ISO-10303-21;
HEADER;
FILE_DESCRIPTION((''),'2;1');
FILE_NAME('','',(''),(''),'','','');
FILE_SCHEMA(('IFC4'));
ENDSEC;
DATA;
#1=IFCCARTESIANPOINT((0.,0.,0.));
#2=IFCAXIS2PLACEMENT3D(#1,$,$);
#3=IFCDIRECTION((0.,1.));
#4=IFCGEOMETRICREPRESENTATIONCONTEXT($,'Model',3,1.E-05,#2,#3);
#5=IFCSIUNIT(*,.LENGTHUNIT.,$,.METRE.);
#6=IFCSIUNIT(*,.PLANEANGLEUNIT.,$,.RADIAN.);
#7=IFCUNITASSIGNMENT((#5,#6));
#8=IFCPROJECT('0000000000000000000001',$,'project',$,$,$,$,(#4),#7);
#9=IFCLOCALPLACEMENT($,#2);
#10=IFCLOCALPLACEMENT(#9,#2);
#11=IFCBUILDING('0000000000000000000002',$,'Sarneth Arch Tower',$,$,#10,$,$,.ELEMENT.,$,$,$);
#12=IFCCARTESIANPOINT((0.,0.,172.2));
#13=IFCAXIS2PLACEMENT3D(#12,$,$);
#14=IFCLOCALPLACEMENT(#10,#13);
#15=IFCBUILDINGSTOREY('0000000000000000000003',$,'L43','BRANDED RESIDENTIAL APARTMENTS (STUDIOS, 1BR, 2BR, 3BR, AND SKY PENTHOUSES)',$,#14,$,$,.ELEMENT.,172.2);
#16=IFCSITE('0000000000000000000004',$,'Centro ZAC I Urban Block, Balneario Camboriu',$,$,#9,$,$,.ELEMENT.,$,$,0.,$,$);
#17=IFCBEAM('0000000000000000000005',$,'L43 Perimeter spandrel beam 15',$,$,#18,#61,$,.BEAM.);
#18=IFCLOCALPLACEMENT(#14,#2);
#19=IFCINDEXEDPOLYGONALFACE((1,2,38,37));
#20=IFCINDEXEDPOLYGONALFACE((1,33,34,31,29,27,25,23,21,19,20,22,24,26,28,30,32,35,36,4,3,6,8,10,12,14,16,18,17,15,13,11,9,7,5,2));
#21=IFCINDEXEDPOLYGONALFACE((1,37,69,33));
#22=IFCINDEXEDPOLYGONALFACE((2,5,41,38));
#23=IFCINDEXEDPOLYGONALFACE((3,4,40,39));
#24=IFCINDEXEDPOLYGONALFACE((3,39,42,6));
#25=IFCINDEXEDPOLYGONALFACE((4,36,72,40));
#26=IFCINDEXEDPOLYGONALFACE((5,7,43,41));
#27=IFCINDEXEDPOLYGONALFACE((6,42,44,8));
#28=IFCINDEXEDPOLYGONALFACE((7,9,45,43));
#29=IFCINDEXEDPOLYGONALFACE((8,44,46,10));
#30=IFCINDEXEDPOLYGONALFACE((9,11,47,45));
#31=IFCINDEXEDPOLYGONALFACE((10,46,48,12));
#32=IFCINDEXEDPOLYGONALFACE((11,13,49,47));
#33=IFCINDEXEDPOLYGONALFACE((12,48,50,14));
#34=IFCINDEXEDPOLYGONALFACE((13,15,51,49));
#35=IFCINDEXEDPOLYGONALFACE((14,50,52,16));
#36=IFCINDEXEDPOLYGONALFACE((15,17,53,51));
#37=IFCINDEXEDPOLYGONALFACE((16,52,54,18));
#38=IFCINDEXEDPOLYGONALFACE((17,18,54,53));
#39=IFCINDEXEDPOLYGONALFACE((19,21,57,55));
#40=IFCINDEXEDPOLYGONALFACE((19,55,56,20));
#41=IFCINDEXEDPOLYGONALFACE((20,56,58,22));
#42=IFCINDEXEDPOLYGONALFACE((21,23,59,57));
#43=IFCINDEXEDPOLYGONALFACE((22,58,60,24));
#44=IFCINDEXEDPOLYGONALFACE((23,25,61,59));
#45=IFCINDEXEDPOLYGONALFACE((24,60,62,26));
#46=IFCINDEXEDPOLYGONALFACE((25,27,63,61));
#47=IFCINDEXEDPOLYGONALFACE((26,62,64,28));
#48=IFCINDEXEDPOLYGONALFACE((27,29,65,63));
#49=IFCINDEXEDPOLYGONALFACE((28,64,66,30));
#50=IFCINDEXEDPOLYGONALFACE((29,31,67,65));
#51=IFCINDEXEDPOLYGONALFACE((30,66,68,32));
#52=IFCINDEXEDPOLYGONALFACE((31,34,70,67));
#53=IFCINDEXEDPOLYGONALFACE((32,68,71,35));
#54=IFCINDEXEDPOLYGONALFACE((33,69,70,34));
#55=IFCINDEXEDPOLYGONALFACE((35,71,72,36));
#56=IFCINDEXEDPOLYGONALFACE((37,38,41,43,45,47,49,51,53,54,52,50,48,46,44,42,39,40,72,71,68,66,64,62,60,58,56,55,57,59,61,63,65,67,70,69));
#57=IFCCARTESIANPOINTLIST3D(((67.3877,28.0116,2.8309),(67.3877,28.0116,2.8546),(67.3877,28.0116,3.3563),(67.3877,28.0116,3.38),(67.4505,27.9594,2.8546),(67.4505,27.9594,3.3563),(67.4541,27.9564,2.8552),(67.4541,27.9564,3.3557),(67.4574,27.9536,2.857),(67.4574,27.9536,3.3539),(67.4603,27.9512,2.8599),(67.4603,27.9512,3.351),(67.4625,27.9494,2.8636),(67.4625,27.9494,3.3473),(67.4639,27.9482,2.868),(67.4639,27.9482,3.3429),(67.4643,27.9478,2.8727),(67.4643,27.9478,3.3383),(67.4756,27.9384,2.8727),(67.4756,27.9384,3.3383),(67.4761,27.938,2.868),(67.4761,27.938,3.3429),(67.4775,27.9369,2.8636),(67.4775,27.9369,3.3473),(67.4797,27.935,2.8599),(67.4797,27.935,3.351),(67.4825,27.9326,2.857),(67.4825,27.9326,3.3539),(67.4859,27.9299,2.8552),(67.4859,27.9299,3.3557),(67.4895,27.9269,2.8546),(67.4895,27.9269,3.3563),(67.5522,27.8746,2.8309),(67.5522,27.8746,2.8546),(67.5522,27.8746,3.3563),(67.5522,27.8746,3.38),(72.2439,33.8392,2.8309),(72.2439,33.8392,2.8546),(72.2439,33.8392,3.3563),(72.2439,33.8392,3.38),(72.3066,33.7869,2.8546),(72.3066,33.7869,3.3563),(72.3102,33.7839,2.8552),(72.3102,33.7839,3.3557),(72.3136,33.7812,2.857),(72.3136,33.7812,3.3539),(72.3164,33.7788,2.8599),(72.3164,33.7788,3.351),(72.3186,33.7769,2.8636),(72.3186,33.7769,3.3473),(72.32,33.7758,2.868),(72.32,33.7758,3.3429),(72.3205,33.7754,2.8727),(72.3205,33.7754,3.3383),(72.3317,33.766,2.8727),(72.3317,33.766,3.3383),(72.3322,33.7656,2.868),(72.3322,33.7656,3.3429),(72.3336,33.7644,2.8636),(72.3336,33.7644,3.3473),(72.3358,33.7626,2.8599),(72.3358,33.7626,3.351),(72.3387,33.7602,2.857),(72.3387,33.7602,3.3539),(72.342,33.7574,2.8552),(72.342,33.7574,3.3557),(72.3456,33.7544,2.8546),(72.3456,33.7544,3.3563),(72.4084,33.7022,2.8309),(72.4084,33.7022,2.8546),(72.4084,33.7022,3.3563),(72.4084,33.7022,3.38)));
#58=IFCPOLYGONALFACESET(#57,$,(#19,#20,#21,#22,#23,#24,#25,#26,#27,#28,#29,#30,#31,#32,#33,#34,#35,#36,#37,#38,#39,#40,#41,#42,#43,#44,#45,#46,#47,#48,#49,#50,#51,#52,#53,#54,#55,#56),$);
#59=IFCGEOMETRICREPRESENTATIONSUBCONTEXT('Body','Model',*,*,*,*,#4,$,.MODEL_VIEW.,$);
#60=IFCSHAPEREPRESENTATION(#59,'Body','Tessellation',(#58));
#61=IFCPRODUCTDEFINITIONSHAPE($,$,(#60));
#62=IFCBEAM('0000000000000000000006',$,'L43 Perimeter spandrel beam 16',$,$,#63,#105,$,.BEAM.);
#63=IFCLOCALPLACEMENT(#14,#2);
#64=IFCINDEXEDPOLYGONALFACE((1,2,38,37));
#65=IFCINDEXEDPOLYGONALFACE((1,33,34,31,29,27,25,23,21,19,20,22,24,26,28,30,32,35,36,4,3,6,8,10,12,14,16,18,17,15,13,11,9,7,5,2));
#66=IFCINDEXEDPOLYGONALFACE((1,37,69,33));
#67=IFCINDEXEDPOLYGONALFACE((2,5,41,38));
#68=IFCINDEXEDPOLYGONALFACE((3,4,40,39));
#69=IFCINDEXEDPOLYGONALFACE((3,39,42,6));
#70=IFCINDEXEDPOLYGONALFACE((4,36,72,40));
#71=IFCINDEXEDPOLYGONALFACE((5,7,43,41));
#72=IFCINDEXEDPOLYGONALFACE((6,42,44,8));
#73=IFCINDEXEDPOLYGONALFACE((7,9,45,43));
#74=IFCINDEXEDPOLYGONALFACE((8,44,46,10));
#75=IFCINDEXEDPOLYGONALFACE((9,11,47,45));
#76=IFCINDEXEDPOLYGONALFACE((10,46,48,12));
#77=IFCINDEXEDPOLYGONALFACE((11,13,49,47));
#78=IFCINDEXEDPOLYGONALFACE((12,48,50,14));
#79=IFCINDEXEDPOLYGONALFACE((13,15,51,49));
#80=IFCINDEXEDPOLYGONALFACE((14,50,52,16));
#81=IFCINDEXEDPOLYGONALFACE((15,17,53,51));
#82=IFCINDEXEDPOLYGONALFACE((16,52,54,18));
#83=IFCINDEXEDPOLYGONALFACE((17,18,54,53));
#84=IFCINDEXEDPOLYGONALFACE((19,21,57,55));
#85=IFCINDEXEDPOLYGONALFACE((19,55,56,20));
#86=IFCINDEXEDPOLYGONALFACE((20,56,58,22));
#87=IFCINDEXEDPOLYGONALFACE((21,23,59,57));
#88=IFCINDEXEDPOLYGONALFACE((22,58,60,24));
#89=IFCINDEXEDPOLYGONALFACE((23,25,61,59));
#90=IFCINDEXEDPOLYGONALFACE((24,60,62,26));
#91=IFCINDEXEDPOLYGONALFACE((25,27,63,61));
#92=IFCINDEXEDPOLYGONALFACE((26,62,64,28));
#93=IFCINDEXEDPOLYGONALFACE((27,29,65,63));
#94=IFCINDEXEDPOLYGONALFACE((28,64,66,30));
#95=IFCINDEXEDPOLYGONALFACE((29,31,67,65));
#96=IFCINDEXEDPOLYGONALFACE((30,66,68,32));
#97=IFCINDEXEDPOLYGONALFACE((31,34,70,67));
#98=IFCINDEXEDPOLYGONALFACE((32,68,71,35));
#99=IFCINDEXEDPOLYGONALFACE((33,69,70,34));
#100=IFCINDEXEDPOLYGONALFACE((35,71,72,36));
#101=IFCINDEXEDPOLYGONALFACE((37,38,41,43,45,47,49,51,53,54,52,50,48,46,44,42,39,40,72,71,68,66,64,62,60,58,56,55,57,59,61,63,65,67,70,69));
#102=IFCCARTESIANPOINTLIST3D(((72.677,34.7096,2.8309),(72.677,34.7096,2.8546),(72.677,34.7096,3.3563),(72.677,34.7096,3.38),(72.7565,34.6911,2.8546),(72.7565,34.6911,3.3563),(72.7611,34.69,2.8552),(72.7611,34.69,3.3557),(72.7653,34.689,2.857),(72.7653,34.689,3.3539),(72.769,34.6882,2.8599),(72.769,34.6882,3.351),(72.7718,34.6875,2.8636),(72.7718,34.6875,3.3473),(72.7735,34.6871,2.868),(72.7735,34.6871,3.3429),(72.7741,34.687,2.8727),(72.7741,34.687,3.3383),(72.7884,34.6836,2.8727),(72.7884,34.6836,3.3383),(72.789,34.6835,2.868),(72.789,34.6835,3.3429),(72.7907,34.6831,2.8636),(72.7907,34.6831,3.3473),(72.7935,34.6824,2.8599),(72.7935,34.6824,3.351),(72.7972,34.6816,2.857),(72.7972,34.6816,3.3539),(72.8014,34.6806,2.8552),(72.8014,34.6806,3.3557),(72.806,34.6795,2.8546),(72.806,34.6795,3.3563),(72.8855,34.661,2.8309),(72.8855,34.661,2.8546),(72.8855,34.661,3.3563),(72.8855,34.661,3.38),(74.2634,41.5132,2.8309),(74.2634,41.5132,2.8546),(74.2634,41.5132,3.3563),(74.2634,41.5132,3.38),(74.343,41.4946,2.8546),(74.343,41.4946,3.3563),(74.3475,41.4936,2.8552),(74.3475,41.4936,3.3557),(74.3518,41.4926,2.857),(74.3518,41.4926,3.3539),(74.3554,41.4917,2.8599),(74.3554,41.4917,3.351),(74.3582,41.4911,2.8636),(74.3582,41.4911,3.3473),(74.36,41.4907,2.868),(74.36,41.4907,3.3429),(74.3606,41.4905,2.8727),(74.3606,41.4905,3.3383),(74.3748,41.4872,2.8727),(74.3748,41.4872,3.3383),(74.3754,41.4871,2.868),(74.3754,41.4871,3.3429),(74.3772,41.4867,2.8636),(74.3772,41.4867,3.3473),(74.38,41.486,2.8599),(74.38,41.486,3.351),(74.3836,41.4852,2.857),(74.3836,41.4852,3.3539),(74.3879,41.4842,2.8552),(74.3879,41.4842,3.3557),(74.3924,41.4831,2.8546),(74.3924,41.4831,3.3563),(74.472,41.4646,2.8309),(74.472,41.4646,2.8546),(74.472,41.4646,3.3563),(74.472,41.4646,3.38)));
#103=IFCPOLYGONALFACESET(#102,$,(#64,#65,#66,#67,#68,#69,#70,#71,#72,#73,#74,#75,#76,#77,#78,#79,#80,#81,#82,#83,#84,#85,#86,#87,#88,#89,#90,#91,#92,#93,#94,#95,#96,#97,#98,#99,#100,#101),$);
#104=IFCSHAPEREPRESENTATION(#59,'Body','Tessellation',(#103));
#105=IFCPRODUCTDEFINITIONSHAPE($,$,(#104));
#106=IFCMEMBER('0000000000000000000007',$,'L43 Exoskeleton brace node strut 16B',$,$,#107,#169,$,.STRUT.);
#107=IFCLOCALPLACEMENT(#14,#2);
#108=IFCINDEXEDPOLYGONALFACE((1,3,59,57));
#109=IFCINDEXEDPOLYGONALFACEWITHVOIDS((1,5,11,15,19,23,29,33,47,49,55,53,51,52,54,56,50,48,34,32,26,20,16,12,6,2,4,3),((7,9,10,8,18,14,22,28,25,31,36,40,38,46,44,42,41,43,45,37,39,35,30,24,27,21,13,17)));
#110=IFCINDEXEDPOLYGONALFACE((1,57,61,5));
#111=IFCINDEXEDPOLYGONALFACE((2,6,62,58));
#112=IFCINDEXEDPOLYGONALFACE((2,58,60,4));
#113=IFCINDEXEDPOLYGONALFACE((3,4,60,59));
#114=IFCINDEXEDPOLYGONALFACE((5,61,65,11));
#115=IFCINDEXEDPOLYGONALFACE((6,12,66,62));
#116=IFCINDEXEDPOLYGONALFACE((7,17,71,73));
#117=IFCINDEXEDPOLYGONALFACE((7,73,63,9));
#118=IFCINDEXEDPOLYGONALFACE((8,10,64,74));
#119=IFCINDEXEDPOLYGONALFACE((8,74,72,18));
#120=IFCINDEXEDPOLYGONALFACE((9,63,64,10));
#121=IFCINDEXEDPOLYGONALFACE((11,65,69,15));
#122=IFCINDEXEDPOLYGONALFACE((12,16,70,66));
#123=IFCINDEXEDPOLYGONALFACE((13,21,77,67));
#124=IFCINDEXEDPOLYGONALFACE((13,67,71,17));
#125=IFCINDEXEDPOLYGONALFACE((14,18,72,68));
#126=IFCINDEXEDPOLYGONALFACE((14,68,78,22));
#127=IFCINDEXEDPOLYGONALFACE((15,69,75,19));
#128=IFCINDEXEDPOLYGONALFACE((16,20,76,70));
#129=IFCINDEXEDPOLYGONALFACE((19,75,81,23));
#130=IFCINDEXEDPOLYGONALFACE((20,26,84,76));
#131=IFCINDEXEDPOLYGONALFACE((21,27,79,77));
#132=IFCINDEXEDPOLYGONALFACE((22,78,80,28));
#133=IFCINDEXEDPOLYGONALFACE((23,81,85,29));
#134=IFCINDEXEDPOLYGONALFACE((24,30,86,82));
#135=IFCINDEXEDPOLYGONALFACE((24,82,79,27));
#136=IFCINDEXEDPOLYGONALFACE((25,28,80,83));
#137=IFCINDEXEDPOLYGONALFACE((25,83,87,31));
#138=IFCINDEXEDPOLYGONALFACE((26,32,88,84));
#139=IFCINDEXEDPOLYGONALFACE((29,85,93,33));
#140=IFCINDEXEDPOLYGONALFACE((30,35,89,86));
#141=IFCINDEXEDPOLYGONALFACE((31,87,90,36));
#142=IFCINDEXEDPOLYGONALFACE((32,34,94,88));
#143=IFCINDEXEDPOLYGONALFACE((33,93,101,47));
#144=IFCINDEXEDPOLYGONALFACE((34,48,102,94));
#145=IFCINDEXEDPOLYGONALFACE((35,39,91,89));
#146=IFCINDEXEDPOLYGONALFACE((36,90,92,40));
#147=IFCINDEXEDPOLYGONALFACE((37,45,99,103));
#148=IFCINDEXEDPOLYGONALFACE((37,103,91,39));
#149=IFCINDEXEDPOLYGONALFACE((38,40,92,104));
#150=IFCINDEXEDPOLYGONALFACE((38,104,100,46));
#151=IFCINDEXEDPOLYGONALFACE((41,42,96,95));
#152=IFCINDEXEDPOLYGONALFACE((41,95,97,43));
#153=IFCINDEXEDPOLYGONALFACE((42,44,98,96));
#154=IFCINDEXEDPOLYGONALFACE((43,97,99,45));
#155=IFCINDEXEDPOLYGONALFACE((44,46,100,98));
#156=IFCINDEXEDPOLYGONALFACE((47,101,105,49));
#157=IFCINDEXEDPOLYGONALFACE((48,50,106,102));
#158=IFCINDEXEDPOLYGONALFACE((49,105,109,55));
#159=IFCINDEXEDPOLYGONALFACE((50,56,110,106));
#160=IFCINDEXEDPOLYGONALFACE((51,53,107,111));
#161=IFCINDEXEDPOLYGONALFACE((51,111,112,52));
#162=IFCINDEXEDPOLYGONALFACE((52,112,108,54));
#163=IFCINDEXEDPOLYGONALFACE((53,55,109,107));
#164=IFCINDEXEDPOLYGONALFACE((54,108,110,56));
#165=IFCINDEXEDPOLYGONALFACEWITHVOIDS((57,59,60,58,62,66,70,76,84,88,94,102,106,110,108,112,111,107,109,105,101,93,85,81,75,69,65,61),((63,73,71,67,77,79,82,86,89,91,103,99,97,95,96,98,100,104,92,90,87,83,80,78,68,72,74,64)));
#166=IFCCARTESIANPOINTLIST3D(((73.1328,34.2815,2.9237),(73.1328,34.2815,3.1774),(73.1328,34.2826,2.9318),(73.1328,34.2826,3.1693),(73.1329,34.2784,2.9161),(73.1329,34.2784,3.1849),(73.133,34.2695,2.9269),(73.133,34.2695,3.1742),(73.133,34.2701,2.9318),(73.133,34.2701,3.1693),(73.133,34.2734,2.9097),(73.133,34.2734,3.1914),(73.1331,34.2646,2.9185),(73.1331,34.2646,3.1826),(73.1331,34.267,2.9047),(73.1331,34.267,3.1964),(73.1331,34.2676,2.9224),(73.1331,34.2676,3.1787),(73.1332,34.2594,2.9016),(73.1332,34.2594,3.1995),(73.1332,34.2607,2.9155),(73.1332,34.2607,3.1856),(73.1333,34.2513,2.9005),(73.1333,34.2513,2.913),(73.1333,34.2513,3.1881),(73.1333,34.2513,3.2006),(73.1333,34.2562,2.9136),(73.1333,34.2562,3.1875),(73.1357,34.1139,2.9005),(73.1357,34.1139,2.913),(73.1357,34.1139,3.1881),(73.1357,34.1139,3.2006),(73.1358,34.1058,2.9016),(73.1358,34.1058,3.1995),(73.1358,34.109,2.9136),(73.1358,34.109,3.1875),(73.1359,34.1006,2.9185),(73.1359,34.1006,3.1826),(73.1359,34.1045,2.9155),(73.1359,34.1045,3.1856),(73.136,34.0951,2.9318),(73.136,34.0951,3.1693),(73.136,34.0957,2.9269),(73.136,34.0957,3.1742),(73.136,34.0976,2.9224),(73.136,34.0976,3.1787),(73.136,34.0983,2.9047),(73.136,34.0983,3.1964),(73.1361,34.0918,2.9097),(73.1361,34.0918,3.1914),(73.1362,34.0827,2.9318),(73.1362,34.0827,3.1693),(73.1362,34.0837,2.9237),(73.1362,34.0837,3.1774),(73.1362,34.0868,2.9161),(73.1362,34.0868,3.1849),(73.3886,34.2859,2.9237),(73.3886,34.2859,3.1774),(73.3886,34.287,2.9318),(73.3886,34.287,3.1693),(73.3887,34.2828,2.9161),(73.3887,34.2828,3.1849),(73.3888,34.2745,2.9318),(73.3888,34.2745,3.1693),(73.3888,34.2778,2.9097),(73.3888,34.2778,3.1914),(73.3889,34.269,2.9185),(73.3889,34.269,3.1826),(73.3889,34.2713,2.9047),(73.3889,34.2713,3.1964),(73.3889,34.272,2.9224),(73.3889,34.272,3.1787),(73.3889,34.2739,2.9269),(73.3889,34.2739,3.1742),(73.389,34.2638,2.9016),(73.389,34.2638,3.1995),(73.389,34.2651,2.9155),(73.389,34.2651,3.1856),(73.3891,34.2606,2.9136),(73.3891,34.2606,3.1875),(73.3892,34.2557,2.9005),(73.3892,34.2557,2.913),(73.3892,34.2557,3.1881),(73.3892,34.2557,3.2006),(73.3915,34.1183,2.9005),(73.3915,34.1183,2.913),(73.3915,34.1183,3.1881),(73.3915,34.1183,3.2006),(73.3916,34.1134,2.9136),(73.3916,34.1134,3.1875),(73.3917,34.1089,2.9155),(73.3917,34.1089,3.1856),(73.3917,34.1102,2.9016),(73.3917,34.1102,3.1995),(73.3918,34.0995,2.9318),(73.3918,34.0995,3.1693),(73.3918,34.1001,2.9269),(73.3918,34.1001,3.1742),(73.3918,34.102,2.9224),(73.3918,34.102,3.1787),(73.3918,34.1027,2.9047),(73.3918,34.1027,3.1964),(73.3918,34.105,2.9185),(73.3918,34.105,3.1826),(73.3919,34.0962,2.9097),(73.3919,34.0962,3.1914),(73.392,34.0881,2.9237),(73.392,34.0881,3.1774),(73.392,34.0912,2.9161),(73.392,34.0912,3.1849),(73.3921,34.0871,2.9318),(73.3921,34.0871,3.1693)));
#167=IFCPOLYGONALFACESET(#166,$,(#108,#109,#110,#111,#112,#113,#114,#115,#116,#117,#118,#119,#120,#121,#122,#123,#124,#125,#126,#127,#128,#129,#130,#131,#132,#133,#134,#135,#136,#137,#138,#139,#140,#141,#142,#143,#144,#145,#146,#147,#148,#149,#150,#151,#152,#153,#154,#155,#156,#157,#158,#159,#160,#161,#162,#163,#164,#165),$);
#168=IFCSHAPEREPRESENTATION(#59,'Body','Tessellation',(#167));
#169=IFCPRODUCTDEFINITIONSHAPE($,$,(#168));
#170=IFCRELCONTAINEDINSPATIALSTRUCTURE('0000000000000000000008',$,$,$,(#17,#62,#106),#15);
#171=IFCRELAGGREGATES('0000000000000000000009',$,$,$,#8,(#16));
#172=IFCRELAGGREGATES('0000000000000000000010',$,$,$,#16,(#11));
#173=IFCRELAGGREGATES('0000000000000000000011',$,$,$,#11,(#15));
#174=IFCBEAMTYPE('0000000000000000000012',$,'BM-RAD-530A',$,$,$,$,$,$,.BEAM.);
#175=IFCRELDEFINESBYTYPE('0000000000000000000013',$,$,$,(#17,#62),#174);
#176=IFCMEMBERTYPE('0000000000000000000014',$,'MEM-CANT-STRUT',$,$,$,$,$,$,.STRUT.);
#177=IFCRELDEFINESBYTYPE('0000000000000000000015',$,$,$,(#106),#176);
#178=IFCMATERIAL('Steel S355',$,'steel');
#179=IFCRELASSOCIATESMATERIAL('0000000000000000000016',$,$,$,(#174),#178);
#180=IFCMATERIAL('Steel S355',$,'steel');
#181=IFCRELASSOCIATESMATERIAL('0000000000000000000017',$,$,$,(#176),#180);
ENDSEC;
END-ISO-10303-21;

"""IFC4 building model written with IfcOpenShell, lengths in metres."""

from ifc_helpers import new_model, si_unit, direction, frame, origin, origin_2d, place, context, subcontext, project, spatial, hollow_rectangle, i_section, extrude, material, material_profile, profile_set, type_object, element, save


model = new_model("IFC4")

# Units and contexts
model_context = context("Model", 3, precision=1e-05, world=origin(), true_north=direction((0.0, 1.0)))
body_context = subcontext(model_context, "Body", "Model", "MODEL_VIEW")
ifc_project = project(units=[si_unit("LENGTHUNIT", "METRE"), si_unit("PLANEANGLEUNIT", "RADIAN")], contexts=[model_context])

# Site, building, storey
site_placement = place(None, origin())
site = spatial("IfcSite", under=ifc_project, at=site_placement, Name="Centro ZAC I Urban Block, Balneario Camboriu", CompositionType="ELEMENT", RefElevation=0.0)
building_placement = place(site_placement, origin())
building = spatial("IfcBuilding", under=site, at=building_placement, Name="Sarneth Arch Tower", CompositionType="ELEMENT")
storey_placement = place(building_placement, frame((0.0, 0.0, 172.2)))
storey = spatial("IfcBuildingStorey", under=building, at=storey_placement, Name="L43", Description="BRANDED RESIDENTIAL APARTMENTS (STUDIOS, 1BR, 2BR, 3BR, AND SKY PENTHOUSES)", CompositionType="ELEMENT", Elevation=172.2)

# Beams
ifc_material_1 = material(Name="Steel S355", Category="steel")
ifc_material_profile_1 = material_profile(ifc_material_1, i_section(OverallWidth=0.2141, OverallDepth=0.5491, WebThickness=0.0146, FlangeThickness=0.0237, FilletRadius=0.0181, at=origin_2d()), Name="W530x138")
ifc_profile_set_1 = profile_set([ifc_material_profile_1], Name="Steel S355")
beam_type_1 = type_object("IfcBeamType", Name="BM-RAD-530A", PredefinedType="BEAM", material=ifc_profile_set_1)
beam_1_placement = place(storey_placement, frame((67.47, 27.9431, 3.1055), z_axis=(0.640172, 0.768232, 0.0), x_axis=(-0.768232, 0.640172, 0.0)))
element("IfcBeam", 1, at=beam_1_placement, inside=storey, type_object=beam_type_1, Name="L43 Perimeter spandrel beam 15", PredefinedType="BEAM", context=body_context, shape_type="SweptSolid", body=[
    extrude(i_section(OverallWidth=0.2141, OverallDepth=0.5491, WebThickness=0.0146, FlangeThickness=0.0237, FilletRadius=0.0181, at=origin_2d()), origin(), (0.0, 0.0, 1.0), 7.5857),
])
beam_2_placement = place(storey_placement, frame((72.7812, 34.6853, 3.1055), z_axis=(0.227087, 0.973874, 0.0), x_axis=(-0.973874, 0.227087, 0.0)))
element("IfcBeam", 2, at=beam_2_placement, inside=storey, type_object=beam_type_1, Name="L43 Perimeter spandrel beam 16", PredefinedType="BEAM", context=body_context, shape_type="SweptSolid", body=[
    extrude(i_section(OverallWidth=0.2141, OverallDepth=0.5491, WebThickness=0.0146, FlangeThickness=0.0237, FilletRadius=0.0181, at=origin_2d()), origin(), (0.0, 0.0, 1.0), 6.9861),
])

# Member
ifc_material_2 = material(Name="Steel S355", Category="steel")
ifc_material_profile_2 = material_profile(ifc_material_2, hollow_rectangle(XDim=0.2, YDim=0.3, WallThickness=0.0125, InnerFilletRadius=0.0188, OuterFilletRadius=0.0312, at=origin_2d()), Name="RHS300x200x12.5")
ifc_profile_set_2 = profile_set([ifc_material_profile_2], Name="Steel S355")
member_type_1 = type_object("IfcMemberType", Name="MEM-CANT-STRUT", PredefinedType="STRUT", material=ifc_profile_set_2)
member_1_placement = place(storey_placement, frame((73.1345, 34.1826, 3.0505), z_axis=(0.999853, 0.017173, 0.0), x_axis=(-0.017173, 0.999853, 0.0)))
element("IfcMember", 3, at=member_1_placement, inside=storey, type_object=member_type_1, Name="L43 Exoskeleton brace node strut 16B", PredefinedType="STRUT", context=body_context, shape_type="SweptSolid", body=[
    extrude(hollow_rectangle(XDim=0.2, YDim=0.3, WallThickness=0.0125, InnerFilletRadius=0.0188, OuterFilletRadius=0.0312, at=origin_2d()), origin(), (0.0, 0.0, 1.0), 0.2559),
])

save(model, "model.ifc")
